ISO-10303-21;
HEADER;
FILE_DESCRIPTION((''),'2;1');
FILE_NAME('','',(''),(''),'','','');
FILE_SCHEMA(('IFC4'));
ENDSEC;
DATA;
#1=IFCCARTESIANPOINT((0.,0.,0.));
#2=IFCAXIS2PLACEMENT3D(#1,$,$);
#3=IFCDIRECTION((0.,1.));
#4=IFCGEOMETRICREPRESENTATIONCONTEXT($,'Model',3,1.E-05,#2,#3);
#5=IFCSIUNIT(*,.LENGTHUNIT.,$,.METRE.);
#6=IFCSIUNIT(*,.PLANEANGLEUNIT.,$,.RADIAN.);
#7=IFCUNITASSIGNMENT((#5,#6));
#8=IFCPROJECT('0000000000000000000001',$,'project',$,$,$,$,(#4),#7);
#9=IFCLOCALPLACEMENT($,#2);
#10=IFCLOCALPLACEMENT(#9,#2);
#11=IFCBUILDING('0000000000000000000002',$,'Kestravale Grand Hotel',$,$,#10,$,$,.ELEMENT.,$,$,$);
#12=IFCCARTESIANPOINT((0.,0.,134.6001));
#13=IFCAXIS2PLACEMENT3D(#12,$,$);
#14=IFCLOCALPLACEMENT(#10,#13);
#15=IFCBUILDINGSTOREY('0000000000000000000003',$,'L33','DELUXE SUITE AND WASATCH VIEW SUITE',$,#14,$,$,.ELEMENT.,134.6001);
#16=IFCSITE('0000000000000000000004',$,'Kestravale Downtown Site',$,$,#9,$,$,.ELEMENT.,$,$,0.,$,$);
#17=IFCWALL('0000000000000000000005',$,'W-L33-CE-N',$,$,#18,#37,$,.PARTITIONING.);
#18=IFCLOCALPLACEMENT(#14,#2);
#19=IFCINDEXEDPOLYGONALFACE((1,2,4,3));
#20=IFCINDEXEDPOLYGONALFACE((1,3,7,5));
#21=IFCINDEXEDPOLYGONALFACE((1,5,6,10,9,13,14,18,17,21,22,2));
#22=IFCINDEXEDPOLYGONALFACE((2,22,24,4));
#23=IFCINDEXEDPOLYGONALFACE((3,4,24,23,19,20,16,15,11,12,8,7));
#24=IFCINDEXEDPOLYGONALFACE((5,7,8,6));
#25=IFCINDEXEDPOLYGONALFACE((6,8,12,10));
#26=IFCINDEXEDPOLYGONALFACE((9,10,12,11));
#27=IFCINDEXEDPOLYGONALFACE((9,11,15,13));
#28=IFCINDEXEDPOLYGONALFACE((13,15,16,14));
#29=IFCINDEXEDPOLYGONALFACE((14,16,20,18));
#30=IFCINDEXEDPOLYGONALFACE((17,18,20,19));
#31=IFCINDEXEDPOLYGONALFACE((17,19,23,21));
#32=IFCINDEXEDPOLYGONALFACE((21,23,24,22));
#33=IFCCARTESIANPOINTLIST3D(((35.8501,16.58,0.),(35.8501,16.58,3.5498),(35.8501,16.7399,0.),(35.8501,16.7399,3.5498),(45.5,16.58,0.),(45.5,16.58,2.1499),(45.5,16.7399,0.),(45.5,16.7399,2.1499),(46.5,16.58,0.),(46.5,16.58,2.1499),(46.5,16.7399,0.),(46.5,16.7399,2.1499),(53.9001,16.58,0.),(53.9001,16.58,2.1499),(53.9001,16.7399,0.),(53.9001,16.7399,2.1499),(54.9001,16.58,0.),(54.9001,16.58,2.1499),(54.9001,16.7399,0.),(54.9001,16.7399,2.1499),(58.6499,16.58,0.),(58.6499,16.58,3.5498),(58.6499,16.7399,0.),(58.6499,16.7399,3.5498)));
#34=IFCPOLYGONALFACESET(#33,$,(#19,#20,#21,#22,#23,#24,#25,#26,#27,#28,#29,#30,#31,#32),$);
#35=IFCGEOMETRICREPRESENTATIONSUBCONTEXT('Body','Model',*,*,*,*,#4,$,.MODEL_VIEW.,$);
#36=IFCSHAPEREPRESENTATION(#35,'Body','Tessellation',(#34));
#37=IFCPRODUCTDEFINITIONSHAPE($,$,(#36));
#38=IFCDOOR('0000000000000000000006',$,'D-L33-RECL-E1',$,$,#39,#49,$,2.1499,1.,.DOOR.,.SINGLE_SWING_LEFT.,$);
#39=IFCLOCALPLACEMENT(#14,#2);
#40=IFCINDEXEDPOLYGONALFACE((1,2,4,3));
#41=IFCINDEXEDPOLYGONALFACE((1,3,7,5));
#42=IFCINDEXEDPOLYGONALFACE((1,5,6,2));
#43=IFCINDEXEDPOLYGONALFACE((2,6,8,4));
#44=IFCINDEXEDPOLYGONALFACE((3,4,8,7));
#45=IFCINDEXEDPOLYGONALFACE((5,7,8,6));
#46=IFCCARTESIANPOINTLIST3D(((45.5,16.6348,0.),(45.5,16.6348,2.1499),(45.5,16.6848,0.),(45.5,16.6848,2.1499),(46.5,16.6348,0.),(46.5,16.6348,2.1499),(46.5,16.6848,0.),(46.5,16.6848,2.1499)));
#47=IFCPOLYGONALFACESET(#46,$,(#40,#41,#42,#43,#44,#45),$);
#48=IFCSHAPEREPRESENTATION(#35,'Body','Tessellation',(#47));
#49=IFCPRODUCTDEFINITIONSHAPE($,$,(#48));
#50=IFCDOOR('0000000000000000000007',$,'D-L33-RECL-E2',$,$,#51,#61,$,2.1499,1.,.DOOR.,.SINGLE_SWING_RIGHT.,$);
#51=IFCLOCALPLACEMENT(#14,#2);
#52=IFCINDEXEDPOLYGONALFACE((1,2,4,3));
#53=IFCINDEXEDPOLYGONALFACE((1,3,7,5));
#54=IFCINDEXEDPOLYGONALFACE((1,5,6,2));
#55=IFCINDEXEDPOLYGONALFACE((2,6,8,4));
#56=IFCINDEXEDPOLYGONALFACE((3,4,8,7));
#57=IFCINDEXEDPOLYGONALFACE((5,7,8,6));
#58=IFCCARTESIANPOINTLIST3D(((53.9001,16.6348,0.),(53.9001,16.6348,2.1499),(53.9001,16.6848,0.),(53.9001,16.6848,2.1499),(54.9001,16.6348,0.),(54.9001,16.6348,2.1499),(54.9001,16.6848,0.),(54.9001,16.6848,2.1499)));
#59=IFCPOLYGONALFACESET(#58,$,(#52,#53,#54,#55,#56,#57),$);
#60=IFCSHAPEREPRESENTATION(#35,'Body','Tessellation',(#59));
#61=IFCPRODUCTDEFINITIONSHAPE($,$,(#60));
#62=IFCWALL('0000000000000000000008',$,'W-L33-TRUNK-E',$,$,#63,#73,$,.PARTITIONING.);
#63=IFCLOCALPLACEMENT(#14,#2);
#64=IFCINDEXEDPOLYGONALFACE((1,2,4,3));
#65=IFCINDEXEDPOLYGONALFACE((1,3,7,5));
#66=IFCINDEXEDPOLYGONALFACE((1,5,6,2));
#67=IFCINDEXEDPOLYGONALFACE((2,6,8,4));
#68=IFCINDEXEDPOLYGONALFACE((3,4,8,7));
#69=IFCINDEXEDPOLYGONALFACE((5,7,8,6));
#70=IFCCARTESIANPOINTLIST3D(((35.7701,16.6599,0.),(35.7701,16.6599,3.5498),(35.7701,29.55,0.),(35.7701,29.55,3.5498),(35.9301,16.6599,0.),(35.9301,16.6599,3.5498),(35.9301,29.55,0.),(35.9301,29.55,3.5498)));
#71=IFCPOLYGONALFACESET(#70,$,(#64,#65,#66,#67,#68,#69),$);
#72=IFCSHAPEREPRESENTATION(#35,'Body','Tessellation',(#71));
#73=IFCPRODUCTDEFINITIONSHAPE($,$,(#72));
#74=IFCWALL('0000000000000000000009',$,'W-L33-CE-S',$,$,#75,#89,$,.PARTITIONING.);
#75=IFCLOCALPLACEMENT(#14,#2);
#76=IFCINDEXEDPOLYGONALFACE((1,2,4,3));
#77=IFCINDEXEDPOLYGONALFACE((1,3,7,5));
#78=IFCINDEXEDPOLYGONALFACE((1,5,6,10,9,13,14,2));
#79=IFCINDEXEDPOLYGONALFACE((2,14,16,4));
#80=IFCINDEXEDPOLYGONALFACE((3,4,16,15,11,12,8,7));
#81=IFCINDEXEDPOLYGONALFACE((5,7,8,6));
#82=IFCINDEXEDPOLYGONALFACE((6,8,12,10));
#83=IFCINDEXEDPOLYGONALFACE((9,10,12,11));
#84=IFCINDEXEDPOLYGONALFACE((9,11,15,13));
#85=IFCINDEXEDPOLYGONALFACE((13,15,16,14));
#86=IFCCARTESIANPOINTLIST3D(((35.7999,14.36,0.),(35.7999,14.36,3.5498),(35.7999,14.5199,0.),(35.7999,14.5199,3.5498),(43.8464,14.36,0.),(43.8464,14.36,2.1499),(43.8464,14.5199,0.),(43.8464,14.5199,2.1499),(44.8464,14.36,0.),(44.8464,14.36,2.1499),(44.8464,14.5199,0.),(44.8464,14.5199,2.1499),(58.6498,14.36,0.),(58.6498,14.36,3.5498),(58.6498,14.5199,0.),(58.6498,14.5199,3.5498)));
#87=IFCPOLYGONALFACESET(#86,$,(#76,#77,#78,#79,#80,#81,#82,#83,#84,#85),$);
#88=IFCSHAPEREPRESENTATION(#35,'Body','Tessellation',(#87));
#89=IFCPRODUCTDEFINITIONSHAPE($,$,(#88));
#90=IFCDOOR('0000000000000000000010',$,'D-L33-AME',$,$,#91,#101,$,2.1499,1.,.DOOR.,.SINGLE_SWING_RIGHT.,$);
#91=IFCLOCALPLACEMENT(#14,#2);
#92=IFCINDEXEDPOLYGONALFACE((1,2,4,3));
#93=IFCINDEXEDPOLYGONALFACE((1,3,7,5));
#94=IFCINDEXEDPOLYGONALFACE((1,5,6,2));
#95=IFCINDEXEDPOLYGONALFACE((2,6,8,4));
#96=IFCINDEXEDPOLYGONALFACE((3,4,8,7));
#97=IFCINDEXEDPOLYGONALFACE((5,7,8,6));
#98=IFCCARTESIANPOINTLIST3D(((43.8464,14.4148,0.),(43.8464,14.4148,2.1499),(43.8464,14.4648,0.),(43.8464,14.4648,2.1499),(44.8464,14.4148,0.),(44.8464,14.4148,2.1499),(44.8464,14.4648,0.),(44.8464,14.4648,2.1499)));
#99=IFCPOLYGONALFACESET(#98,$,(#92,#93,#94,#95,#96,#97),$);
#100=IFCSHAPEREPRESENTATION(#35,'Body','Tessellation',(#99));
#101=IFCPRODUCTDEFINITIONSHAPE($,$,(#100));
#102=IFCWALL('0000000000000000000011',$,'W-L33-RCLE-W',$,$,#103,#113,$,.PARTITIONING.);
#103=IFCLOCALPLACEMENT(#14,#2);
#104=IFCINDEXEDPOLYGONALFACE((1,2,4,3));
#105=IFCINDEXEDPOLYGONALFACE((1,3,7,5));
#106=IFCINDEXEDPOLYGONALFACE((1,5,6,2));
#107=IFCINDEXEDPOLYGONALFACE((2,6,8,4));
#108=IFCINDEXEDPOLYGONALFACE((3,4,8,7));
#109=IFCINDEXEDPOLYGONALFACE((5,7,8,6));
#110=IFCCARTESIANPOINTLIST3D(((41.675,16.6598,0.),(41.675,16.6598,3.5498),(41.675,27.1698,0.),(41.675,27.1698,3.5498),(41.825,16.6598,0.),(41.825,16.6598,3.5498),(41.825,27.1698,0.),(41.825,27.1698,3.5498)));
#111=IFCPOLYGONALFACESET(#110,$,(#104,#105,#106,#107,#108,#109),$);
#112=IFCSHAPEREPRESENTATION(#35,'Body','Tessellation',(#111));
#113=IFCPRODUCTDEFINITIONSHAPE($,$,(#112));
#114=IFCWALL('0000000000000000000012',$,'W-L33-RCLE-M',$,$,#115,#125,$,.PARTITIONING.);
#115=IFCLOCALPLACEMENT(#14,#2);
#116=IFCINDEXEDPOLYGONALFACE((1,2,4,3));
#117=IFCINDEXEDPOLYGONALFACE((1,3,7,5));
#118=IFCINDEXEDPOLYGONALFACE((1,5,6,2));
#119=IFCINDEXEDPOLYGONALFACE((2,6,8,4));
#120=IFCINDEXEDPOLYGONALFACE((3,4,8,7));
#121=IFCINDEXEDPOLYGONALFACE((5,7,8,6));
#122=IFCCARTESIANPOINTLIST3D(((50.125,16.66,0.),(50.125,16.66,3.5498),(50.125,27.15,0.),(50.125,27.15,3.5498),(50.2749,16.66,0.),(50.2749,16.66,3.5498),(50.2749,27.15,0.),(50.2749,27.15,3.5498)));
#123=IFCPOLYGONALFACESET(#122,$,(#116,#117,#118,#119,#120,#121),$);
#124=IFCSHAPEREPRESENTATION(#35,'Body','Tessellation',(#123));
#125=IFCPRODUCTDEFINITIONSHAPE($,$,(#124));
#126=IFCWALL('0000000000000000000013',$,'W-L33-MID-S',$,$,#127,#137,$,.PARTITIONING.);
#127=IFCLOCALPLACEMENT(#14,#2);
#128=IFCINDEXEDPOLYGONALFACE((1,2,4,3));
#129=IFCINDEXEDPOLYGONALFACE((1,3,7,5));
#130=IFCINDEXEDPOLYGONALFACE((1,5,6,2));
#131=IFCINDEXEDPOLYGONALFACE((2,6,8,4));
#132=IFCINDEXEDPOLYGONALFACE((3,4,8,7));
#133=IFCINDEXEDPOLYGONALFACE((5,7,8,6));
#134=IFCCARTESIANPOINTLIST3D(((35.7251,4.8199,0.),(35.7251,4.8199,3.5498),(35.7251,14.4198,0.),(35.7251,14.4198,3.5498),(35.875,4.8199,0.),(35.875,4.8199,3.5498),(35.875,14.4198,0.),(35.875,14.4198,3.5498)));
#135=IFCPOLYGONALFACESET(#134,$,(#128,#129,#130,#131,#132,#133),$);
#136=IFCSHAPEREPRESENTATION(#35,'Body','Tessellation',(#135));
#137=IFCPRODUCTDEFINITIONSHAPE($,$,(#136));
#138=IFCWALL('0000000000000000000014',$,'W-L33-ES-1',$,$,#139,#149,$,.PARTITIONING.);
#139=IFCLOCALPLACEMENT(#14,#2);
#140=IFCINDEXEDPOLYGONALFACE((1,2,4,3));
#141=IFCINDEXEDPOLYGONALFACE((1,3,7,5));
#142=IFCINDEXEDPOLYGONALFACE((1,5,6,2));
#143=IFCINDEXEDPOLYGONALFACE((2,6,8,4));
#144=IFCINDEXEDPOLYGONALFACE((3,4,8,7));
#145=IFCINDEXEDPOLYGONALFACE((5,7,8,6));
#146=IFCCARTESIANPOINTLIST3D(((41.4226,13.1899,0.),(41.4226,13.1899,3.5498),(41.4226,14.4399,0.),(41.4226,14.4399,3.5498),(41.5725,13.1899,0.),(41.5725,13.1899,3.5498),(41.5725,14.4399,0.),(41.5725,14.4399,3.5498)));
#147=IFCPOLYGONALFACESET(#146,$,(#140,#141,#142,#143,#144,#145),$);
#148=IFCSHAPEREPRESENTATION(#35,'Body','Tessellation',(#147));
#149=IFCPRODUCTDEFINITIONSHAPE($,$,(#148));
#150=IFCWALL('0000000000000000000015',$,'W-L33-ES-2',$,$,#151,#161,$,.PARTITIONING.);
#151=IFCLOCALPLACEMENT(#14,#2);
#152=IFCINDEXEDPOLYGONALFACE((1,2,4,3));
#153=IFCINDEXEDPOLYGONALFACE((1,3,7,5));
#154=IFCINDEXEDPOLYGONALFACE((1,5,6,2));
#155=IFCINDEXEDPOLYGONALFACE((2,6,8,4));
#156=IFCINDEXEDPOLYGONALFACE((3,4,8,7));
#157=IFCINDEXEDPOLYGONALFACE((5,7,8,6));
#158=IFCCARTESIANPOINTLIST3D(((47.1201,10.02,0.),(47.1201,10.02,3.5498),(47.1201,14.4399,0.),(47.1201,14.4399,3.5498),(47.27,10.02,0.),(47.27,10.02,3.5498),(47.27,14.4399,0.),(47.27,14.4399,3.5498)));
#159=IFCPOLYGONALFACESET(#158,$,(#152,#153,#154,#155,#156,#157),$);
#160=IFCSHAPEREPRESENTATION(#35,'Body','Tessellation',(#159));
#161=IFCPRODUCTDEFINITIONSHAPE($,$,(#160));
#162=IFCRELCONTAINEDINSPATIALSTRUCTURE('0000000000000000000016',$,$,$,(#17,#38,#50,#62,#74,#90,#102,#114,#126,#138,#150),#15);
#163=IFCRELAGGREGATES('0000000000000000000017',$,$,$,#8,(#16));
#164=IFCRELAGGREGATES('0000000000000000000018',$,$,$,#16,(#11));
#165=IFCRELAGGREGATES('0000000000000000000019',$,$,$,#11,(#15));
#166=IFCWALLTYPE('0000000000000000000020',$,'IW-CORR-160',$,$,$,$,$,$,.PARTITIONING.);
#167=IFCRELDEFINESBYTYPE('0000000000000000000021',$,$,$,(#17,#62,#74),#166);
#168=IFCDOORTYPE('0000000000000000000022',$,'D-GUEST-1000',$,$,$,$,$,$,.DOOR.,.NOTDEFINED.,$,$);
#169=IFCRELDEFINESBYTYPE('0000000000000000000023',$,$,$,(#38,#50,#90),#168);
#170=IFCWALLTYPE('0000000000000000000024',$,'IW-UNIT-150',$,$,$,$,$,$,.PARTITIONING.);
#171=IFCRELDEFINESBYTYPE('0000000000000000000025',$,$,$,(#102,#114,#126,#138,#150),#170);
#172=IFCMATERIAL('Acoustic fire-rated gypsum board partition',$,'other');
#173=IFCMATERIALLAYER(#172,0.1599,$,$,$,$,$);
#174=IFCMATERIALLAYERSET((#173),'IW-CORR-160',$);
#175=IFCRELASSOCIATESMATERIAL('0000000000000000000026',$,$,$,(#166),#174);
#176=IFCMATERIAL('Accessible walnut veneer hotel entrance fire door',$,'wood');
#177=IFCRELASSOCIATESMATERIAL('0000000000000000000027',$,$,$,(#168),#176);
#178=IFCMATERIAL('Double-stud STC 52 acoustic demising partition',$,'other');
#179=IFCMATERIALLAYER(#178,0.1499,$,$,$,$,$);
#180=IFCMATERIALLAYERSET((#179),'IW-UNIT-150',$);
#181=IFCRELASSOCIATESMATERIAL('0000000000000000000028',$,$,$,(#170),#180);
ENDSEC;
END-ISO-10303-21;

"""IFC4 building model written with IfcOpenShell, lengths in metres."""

from ifc_helpers import new_model, si_unit, direction, frame, frame_2d, origin, place, context, subcontext, project, spatial, rectangle, extrude, material, layer, layer_set, type_object, element, fill, save


model = new_model("IFC4")

# Units and contexts
model_context = context("Model", 3, precision=1e-05, world=origin(), true_north=direction((0.0, 1.0)))
body_context = subcontext(model_context, "Body", "Model", "MODEL_VIEW")
ifc_project = project(units=[si_unit("LENGTHUNIT", "METRE"), si_unit("PLANEANGLEUNIT", "RADIAN")], contexts=[model_context])

# Site, building, storey
site_placement = place(None, origin())
site = spatial("IfcSite", under=ifc_project, at=site_placement, Name="Kestravale Downtown Site", CompositionType="ELEMENT", RefElevation=0.0)
building_placement = place(site_placement, origin())
building = spatial("IfcBuilding", under=site, at=building_placement, Name="Kestravale Grand Hotel", CompositionType="ELEMENT")
storey_placement = place(building_placement, frame((0.0, 0.0, 134.6001)))
storey = spatial("IfcBuildingStorey", under=building, at=storey_placement, Name="L33", Description="DELUXE SUITE AND WASATCH VIEW SUITE", CompositionType="ELEMENT", Elevation=134.6001)

# Wall, openings, doors
ifc_material_1 = material(Name="Acoustic fire-rated gypsum board partition", Category="other")
ifc_layer_1 = layer(ifc_material_1, 0.1599)
ifc_layer_set_1 = layer_set([ifc_layer_1], Name="IW-CORR-160")
wall_type_1 = type_object("IfcWallType", Name="IW-CORR-160", PredefinedType="PARTITIONING", material=ifc_layer_set_1)
wall_1_placement = place(storey_placement, frame((35.8501, 16.6599, 0.0), z_axis=(0.0, 0.0, 1.0), x_axis=(1.0, 0.0, 0.0)))
wall_1 = element("IfcWall", 1, at=wall_1_placement, inside=storey, type_object=wall_type_1, Name="W-L33-CE-N", PredefinedType="PARTITIONING", context=body_context, shape_type="SweptSolid", body=[
    extrude(rectangle(XDim=22.7998, YDim=0.1599, at=frame_2d((11.3999, 0.0))), origin(), (0.0, 0.0, 1.0), 3.5498),
])
opening_1_placement = place(wall_1_placement, frame((9.6499, 0.0, 0.0)))
opening_1 = element("IfcOpeningElement", 2, at=opening_1_placement, cuts=wall_1, PredefinedType="OPENING", context=body_context, shape_type="SweptSolid", body=[
    extrude(rectangle(XDim=1.0, YDim=2.1499, at=frame_2d((0.5, 1.075))), frame((0.0, 0.0898, 0.0), z_axis=(0.0, -1.0, 0.0), x_axis=(1.0, 0.0, 0.0)), (0.0, 0.0, 1.0), 0.1799),
])
opening_2_placement = place(wall_1_placement, frame((18.05, 0.0, 0.0)))
opening_2 = element("IfcOpeningElement", 3, at=opening_2_placement, cuts=wall_1, PredefinedType="OPENING", context=body_context, shape_type="SweptSolid", body=[
    extrude(rectangle(XDim=1.0, YDim=2.1499, at=frame_2d((0.5, 1.075))), frame((0.0, 0.0898, 0.0), z_axis=(0.0, -1.0, 0.0), x_axis=(1.0, 0.0, 0.0)), (0.0, 0.0, 1.0), 0.1799),
])
ifc_material_2 = material(Name="Accessible walnut veneer hotel entrance fire door", Category="wood")
door_type = type_object("IfcDoorType", Name="D-GUEST-1000", OperationType="NOTDEFINED", PredefinedType="DOOR", material=ifc_material_2)
door_1_placement = place(opening_1_placement, origin())
door_1 = element("IfcDoor", 4, at=door_1_placement, inside=storey, type_object=door_type, Name="D-L33-RECL-E1", OperationType="SINGLE_SWING_LEFT", OverallHeight=2.1499, OverallWidth=1.0, PredefinedType="DOOR", context=body_context, shape_type="SweptSolid", body=[
    extrude(rectangle(XDim=1.0, YDim=2.1499, at=frame_2d((0.5, 1.075))), frame((0.0, 0.0249, 0.0), z_axis=(0.0, -1.0, 0.0), x_axis=(1.0, 0.0, 0.0)), (0.0, 0.0, 1.0), 0.05),
])
fill(opening_1, door_1)
door_2_placement = place(opening_2_placement, origin())
door_2 = element("IfcDoor", 5, at=door_2_placement, inside=storey, type_object=door_type, Name="D-L33-RECL-E2", OperationType="SINGLE_SWING_RIGHT", OverallHeight=2.1499, OverallWidth=1.0, PredefinedType="DOOR", context=body_context, shape_type="SweptSolid", body=[
    extrude(rectangle(XDim=1.0, YDim=2.1499, at=frame_2d((0.5, 1.075))), frame((0.0, 0.0249, 0.0), z_axis=(0.0, -1.0, 0.0), x_axis=(1.0, 0.0, 0.0)), (0.0, 0.0, 1.0), 0.05),
])
fill(opening_2, door_2)

# Wall
wall_2_placement = place(storey_placement, frame((35.8501, 16.6599, 0.0), z_axis=(0.0, 0.0, 1.0), x_axis=(0.0, 1.0, 0.0)))
element("IfcWall", 6, at=wall_2_placement, inside=storey, type_object=wall_type_1, Name="W-L33-TRUNK-E", PredefinedType="PARTITIONING", context=body_context, shape_type="SweptSolid", body=[
    extrude(rectangle(XDim=12.8901, YDim=0.1599, at=frame_2d((6.4451, 0.0))), origin(), (0.0, 0.0, 1.0), 3.5498),
])

# Wall, opening, door
wall_3_placement = place(storey_placement, frame((35.8, 14.4399, 0.0), z_axis=(0.0, 0.0, 1.0), x_axis=(1.0, 0.0, 0.0)))
wall_3 = element("IfcWall", 7, at=wall_3_placement, inside=storey, type_object=wall_type_1, Name="W-L33-CE-S", PredefinedType="PARTITIONING", context=body_context, shape_type="SweptSolid", body=[
    extrude(rectangle(XDim=22.8499, YDim=0.1599, at=frame_2d((11.4248, 0.0))), origin(), (0.0, 0.0, 1.0), 3.5498),
])
opening_3_placement = place(wall_3_placement, frame((8.0464, 0.0, 0.0)))
opening_3 = element("IfcOpeningElement", 8, at=opening_3_placement, cuts=wall_3, PredefinedType="OPENING", context=body_context, shape_type="SweptSolid", body=[
    extrude(rectangle(XDim=1.0, YDim=2.1499, at=frame_2d((0.5, 1.075))), frame((0.0, 0.0898, 0.0), z_axis=(0.0, -1.0, 0.0), x_axis=(1.0, 0.0, 0.0)), (0.0, 0.0, 1.0), 0.1799),
])
door_3_placement = place(opening_3_placement, origin())
door_3 = element("IfcDoor", 9, at=door_3_placement, inside=storey, type_object=door_type, Name="D-L33-AME", OperationType="SINGLE_SWING_RIGHT", OverallHeight=2.1499, OverallWidth=1.0, PredefinedType="DOOR", context=body_context, shape_type="SweptSolid", body=[
    extrude(rectangle(XDim=1.0, YDim=2.1499, at=frame_2d((0.5, 1.075))), frame((0.0, 0.0249, 0.0), z_axis=(0.0, -1.0, 0.0), x_axis=(1.0, 0.0, 0.0)), (0.0, 0.0, 1.0), 0.05),
])
fill(opening_3, door_3)

# Walls
ifc_material_3 = material(Name="Double-stud STC 52 acoustic demising partition", Category="other")
ifc_layer_2 = layer(ifc_material_3, 0.1499)
ifc_layer_set_2 = layer_set([ifc_layer_2], Name="IW-UNIT-150")
wall_type_2 = type_object("IfcWallType", Name="IW-UNIT-150", PredefinedType="PARTITIONING", material=ifc_layer_set_2)
wall_4_placement = place(storey_placement, frame((41.75, 16.6599, 0.0), z_axis=(0.0, 0.0, 1.0), x_axis=(0.0, 1.0, 0.0)))
element("IfcWall", 10, at=wall_4_placement, inside=storey, type_object=wall_type_2, Name="W-L33-RCLE-W", PredefinedType="PARTITIONING", context=body_context, shape_type="SweptSolid", body=[
    extrude(rectangle(XDim=10.51, YDim=0.1499, at=frame_2d((5.2549, 0.0))), origin(), (0.0, 0.0, 1.0), 3.5498),
])
wall_5_placement = place(storey_placement, frame((50.2, 16.6599, 0.0), z_axis=(0.0, 0.0, 1.0), x_axis=(0.0, 1.0, 0.0)))
element("IfcWall", 11, at=wall_5_placement, inside=storey, type_object=wall_type_2, Name="W-L33-RCLE-M", PredefinedType="PARTITIONING", context=body_context, shape_type="SweptSolid", body=[
    extrude(rectangle(XDim=10.49, YDim=0.1499, at=frame_2d((5.2451, 0.0))), origin(), (0.0, 0.0, 1.0), 3.5498),
])
wall_6_placement = place(storey_placement, frame((35.8, 4.8201, 0.0), z_axis=(0.0, 0.0, 1.0), x_axis=(0.0, 1.0, 0.0)))
element("IfcWall", 12, at=wall_6_placement, inside=storey, type_object=wall_type_2, Name="W-L33-MID-S", PredefinedType="PARTITIONING", context=body_context, shape_type="SweptSolid", body=[
    extrude(rectangle(XDim=9.5999, YDim=0.1499, at=frame_2d((4.7998, 0.0))), origin(), (0.0, 0.0, 1.0), 3.5498),
])
wall_7_placement = place(storey_placement, frame((41.4976, 13.1899, 0.0), z_axis=(0.0, 0.0, 1.0), x_axis=(0.0, 1.0, 0.0)))
element("IfcWall", 13, at=wall_7_placement, inside=storey, type_object=wall_type_2, Name="W-L33-ES-1", PredefinedType="PARTITIONING", context=body_context, shape_type="SweptSolid", body=[
    extrude(rectangle(XDim=1.25, YDim=0.1499, at=frame_2d((0.625, 0.0))), origin(), (0.0, 0.0, 1.0), 3.5498),
])
wall_8_placement = place(storey_placement, frame((47.1951, 10.02, 0.0), z_axis=(0.0, 0.0, 1.0), x_axis=(0.0, 1.0, 0.0)))
element("IfcWall", 14, at=wall_8_placement, inside=storey, type_object=wall_type_2, Name="W-L33-ES-2", PredefinedType="PARTITIONING", context=body_context, shape_type="SweptSolid", body=[
    extrude(rectangle(XDim=4.4199, YDim=0.1499, at=frame_2d((2.21, 0.0))), origin(), (0.0, 0.0, 1.0), 3.5498),
])

save(model, "model.ifc")
